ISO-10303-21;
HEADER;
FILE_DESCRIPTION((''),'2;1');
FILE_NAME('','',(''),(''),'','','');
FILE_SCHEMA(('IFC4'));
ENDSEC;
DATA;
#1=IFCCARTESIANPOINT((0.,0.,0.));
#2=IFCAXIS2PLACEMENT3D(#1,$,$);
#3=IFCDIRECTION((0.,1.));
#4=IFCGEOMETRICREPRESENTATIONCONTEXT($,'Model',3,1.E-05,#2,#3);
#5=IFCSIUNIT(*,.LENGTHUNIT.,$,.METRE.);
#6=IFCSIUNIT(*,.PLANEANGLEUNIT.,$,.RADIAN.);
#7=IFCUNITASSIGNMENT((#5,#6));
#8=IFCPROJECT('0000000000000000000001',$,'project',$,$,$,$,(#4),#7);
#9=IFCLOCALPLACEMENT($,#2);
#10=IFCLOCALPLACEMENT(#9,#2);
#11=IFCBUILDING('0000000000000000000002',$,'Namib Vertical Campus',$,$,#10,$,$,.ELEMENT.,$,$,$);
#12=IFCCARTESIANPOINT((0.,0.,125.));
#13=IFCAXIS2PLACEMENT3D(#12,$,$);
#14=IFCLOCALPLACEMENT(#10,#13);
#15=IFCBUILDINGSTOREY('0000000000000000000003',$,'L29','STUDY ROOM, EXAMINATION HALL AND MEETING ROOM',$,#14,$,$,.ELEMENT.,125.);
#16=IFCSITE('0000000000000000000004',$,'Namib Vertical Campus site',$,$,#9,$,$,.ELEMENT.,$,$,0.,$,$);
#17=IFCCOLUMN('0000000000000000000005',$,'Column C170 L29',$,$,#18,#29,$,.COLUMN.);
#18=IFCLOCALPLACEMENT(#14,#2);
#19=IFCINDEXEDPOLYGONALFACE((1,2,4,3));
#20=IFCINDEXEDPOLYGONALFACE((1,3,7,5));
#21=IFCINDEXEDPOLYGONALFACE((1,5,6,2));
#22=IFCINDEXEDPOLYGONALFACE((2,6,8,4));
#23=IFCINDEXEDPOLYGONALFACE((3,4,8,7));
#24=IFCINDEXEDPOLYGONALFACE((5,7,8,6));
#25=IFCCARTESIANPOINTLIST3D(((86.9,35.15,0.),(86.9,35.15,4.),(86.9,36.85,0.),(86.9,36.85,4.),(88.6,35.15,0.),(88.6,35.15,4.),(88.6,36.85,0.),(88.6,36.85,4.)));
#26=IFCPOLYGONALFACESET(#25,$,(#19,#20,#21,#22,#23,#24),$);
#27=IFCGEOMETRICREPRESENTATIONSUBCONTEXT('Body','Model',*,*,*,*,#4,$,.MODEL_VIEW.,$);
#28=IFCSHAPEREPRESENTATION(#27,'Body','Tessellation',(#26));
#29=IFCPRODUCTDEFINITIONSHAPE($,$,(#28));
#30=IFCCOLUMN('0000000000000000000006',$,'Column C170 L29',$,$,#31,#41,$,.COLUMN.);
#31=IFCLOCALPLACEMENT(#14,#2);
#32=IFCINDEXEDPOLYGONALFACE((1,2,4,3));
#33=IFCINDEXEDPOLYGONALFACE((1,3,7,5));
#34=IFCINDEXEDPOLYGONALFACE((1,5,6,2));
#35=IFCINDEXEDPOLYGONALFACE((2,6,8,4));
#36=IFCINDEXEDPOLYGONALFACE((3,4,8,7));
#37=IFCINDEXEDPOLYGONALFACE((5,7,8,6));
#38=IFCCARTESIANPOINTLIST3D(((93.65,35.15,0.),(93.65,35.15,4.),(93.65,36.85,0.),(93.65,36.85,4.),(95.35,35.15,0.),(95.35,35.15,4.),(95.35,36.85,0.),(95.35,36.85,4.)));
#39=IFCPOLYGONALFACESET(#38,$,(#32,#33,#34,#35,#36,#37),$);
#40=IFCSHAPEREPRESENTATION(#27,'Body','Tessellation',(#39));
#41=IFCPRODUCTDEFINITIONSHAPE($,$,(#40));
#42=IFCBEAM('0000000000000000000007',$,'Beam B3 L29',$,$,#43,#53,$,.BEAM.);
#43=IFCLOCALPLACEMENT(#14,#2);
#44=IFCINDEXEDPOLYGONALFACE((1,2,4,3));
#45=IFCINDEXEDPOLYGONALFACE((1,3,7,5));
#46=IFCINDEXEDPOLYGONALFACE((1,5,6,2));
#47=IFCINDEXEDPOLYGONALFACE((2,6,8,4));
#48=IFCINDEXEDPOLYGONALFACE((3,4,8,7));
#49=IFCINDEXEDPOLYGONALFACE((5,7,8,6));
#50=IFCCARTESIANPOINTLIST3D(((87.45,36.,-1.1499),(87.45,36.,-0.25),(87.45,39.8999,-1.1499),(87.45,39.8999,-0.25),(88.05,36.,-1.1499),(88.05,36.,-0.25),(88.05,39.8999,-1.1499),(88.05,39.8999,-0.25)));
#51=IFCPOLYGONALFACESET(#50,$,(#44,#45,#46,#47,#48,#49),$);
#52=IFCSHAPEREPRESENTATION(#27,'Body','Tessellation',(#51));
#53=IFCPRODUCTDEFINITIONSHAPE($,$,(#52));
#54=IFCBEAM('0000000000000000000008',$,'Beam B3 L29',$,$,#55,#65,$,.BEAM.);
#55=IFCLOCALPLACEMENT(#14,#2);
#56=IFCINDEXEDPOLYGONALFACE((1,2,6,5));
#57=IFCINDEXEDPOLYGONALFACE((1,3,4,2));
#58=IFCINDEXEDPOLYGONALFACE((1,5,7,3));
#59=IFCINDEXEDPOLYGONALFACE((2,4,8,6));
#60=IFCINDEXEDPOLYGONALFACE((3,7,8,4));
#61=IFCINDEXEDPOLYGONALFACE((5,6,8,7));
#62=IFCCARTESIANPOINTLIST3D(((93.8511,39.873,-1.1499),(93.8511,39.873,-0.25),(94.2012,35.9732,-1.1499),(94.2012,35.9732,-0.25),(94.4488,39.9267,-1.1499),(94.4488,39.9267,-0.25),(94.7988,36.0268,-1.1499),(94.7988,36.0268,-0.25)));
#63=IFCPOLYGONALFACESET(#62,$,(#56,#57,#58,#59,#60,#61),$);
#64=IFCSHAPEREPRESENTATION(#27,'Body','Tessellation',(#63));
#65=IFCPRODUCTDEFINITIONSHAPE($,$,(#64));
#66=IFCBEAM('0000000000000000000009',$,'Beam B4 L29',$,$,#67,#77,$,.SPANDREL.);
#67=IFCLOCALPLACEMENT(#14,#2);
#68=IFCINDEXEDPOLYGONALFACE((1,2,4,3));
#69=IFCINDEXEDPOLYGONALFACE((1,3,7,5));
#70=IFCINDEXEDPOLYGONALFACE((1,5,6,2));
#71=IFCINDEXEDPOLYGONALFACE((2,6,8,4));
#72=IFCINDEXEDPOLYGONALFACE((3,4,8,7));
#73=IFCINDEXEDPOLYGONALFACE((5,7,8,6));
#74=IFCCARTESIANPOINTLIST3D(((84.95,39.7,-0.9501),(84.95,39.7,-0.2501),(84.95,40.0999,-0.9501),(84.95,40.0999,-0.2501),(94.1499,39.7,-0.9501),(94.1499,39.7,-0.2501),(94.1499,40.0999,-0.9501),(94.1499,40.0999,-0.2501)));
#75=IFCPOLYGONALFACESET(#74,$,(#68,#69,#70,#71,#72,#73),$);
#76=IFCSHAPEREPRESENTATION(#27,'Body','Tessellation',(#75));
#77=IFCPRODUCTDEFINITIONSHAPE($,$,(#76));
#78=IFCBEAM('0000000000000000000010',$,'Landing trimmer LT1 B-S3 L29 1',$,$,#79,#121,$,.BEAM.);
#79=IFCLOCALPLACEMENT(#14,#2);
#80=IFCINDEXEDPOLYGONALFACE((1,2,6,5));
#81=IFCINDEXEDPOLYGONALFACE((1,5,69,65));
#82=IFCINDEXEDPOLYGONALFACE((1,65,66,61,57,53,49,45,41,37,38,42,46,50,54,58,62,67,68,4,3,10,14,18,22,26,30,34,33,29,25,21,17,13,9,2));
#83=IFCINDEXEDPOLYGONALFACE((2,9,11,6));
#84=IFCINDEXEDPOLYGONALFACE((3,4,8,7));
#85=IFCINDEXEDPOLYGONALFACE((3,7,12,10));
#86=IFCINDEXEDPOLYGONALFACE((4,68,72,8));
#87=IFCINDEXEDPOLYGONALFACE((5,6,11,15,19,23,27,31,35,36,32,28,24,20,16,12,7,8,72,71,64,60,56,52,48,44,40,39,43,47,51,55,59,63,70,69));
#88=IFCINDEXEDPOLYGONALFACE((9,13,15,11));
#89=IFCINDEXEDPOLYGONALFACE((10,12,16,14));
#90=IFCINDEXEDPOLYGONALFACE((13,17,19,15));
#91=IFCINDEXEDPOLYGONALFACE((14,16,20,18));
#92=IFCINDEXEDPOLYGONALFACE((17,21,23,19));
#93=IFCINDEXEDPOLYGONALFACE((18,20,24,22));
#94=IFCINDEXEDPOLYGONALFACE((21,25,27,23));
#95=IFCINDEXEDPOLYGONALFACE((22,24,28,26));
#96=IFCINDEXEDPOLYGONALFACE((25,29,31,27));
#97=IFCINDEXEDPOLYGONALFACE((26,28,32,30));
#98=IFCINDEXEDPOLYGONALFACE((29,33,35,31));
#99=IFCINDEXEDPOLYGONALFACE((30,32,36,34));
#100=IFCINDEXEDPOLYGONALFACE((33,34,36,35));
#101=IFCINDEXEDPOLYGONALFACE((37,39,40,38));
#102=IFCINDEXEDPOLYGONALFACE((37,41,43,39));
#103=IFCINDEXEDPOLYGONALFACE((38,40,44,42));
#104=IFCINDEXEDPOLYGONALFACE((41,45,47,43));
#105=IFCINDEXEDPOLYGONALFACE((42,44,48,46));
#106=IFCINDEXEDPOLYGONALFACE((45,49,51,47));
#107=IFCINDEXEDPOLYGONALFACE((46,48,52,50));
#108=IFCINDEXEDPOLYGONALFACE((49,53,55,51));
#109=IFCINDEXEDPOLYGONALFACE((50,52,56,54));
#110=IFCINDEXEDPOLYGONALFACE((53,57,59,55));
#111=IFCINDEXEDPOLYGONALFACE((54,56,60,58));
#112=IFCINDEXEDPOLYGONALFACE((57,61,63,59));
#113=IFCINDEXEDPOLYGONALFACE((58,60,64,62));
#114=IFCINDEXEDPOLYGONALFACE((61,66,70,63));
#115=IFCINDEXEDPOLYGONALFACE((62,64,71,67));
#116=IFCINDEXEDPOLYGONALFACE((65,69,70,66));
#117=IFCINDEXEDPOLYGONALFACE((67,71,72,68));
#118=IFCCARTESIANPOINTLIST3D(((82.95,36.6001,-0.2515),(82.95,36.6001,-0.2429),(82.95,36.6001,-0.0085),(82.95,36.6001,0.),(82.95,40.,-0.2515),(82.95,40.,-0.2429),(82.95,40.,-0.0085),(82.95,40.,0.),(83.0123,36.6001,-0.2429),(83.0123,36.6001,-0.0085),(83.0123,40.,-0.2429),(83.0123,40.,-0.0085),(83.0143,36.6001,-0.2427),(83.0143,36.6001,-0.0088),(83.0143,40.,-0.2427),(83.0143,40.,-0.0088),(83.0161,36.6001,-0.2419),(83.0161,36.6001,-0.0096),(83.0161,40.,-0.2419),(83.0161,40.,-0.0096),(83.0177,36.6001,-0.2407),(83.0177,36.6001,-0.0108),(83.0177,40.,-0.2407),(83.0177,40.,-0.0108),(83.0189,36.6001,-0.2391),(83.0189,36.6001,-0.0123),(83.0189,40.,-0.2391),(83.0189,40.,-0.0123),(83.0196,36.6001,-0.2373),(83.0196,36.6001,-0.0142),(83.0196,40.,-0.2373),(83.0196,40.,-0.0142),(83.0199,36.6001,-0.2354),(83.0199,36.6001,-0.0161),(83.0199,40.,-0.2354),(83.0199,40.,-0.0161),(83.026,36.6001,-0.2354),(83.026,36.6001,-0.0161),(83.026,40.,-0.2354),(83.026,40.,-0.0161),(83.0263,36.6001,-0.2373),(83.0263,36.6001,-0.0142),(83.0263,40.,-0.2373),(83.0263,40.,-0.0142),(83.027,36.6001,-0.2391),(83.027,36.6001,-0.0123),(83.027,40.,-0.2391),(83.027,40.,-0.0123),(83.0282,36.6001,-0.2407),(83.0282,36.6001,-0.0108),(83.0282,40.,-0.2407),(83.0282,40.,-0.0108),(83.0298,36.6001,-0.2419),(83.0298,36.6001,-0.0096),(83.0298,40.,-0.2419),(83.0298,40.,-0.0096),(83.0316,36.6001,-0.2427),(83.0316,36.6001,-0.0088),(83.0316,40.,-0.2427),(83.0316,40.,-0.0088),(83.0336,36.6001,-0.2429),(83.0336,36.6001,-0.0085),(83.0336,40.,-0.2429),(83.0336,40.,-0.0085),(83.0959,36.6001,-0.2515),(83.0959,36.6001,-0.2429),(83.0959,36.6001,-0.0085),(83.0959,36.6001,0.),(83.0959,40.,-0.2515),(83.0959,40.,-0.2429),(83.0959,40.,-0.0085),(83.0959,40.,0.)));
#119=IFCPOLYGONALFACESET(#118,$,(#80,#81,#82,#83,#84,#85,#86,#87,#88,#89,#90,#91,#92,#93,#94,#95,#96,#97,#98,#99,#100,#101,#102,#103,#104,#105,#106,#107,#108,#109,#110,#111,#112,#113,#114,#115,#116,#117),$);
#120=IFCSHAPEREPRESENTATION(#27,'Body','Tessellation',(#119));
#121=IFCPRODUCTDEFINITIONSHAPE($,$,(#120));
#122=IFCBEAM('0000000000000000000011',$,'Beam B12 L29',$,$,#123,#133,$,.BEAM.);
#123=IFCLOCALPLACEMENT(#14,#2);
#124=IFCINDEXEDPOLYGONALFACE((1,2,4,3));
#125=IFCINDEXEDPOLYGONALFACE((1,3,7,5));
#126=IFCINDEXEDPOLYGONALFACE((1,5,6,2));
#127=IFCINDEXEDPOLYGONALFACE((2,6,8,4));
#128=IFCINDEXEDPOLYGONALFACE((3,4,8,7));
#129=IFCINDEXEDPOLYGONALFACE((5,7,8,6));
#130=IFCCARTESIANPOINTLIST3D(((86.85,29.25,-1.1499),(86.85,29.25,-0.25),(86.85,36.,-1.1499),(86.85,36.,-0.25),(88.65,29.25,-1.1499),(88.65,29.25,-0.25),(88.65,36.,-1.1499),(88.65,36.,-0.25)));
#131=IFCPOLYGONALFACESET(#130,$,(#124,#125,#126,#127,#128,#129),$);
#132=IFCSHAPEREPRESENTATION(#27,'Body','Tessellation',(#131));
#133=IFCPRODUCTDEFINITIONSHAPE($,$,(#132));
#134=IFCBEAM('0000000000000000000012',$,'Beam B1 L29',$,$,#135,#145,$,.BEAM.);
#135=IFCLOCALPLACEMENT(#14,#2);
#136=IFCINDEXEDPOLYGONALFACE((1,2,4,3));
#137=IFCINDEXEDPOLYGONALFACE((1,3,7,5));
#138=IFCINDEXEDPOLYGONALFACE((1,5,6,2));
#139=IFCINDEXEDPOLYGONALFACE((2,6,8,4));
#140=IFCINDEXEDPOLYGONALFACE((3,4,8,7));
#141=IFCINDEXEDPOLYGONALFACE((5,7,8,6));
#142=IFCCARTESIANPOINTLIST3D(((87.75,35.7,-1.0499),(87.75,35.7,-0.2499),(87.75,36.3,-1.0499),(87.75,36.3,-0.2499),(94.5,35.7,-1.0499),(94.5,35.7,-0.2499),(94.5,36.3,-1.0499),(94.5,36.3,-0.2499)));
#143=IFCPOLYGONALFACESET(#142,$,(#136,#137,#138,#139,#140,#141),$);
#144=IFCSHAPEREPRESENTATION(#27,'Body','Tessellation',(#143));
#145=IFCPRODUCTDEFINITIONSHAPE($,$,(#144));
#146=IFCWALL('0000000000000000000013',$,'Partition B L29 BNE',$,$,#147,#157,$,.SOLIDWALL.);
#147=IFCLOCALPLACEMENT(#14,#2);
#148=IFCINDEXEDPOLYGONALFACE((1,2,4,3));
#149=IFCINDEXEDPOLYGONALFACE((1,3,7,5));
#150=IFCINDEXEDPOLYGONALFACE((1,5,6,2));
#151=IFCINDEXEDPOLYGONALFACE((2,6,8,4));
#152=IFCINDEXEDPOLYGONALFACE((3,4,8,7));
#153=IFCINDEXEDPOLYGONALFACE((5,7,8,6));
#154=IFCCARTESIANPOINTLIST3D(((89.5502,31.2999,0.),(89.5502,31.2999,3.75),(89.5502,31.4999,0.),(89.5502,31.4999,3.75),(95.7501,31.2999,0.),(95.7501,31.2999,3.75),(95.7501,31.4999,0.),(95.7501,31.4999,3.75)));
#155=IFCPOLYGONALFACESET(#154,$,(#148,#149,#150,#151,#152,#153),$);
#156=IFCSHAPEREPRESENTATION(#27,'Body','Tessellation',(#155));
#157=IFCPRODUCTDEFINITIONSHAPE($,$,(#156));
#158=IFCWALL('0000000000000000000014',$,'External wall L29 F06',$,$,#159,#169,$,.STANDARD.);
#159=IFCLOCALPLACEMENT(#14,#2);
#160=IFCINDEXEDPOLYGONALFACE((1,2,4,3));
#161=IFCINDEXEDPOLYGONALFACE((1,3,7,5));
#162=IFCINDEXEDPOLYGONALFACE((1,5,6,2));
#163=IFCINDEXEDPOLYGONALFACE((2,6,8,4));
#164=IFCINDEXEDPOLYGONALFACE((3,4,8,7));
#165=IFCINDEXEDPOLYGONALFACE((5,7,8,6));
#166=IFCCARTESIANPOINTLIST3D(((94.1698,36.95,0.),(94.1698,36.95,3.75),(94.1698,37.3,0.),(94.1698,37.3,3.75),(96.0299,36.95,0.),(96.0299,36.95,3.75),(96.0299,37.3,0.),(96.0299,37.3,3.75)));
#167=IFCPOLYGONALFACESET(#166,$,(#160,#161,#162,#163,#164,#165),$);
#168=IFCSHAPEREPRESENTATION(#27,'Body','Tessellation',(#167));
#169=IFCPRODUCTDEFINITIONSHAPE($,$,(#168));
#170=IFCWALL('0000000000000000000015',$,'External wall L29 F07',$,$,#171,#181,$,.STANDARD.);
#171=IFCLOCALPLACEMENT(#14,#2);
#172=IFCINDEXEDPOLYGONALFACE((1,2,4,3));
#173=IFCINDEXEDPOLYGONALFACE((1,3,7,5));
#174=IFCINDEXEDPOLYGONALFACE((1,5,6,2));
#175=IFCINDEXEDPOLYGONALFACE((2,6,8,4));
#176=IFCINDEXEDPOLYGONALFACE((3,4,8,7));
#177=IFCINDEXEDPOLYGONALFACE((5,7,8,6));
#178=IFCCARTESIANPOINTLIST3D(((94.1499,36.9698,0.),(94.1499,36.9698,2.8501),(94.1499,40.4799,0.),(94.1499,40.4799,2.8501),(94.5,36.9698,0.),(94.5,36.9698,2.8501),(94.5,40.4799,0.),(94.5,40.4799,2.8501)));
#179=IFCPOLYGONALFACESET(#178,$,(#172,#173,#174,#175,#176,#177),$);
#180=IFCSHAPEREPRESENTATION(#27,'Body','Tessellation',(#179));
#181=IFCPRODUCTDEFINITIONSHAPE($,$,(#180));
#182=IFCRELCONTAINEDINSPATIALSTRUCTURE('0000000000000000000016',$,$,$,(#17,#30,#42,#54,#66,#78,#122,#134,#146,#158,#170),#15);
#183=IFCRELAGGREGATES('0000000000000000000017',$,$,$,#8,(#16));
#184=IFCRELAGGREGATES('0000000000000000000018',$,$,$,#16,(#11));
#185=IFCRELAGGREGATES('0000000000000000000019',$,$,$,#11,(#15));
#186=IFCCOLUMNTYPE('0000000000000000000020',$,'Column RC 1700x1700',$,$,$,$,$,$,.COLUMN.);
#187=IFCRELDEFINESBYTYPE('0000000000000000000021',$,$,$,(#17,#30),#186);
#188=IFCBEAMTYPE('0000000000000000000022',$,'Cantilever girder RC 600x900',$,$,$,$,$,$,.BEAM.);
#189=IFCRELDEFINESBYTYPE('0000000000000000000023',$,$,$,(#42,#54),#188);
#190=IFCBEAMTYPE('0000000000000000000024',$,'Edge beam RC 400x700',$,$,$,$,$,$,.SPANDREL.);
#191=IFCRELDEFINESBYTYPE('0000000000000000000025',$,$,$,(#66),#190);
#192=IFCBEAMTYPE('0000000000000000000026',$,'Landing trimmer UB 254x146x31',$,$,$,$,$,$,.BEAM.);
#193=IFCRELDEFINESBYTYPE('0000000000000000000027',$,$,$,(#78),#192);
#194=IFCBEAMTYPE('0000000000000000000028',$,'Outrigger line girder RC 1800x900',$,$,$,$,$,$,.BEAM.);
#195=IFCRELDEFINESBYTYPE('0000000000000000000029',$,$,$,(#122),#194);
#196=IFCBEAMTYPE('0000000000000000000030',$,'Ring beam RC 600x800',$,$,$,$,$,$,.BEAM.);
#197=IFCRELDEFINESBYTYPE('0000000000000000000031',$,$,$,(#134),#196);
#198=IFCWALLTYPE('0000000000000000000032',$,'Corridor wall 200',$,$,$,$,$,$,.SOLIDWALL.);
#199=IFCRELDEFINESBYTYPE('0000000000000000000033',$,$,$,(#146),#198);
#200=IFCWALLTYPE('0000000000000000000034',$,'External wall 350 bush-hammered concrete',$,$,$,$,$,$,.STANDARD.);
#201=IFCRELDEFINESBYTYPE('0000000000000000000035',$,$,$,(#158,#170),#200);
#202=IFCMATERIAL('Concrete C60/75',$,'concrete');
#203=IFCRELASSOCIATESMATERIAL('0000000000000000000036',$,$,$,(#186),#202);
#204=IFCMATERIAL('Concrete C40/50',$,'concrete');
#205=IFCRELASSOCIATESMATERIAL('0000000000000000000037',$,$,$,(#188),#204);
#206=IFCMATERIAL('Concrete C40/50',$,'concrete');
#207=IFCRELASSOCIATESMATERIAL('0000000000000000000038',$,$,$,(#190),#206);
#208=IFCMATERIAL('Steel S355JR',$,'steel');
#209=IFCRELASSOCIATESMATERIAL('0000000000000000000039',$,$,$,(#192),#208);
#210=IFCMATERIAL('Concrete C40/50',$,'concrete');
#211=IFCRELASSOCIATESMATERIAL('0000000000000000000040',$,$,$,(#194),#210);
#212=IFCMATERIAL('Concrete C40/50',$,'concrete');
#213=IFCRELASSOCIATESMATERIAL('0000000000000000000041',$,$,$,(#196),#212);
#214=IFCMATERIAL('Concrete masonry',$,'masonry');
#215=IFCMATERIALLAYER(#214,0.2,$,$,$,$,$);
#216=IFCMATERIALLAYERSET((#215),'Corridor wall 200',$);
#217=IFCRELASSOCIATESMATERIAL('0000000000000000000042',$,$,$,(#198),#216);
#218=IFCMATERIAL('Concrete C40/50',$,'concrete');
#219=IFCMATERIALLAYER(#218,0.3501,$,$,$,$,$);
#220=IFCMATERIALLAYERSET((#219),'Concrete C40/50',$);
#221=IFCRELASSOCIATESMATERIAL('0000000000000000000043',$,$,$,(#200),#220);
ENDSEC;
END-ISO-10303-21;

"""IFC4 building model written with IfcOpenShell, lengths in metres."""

from ifc_helpers import new_model, si_unit, direction, frame, frame_2d, origin, origin_2d, place, context, subcontext, project, spatial, rectangle, i_section, extrude, material, layer, layer_set, material_profile, profile_set, type_object, element, save


model = new_model("IFC4")

# Units and contexts
model_context = context("Model", 3, precision=1e-05, world=origin(), true_north=direction((0.0, 1.0)))
body_context = subcontext(model_context, "Body", "Model", "MODEL_VIEW")
ifc_project = project(units=[si_unit("LENGTHUNIT", "METRE"), si_unit("PLANEANGLEUNIT", "RADIAN")], contexts=[model_context])

# Site, building, storey
site_placement = place(None, origin())
site = spatial("IfcSite", under=ifc_project, at=site_placement, Name="Namib Vertical Campus site", CompositionType="ELEMENT", RefElevation=0.0)
building_placement = place(site_placement, origin())
building = spatial("IfcBuilding", under=site, at=building_placement, Name="Namib Vertical Campus", CompositionType="ELEMENT")
storey_placement = place(building_placement, frame((0.0, 0.0, 125.0)))
storey = spatial("IfcBuildingStorey", under=building, at=storey_placement, Name="L29", Description="STUDY ROOM, EXAMINATION HALL AND MEETING ROOM", CompositionType="ELEMENT", Elevation=125.0)

# Columns
ifc_material_1 = material(Name="Concrete C60/75", Category="concrete")
ifc_material_profile_1 = material_profile(ifc_material_1, rectangle(XDim=1.7, YDim=1.7, at=origin_2d()))
ifc_profile_set_1 = profile_set([ifc_material_profile_1], Name="Concrete C60/75")
column_type = type_object("IfcColumnType", Name="Column RC 1700x1700", PredefinedType="COLUMN", material=ifc_profile_set_1)
for number, where, z_axis, x_axis, name in (
    (1, (87.75, 36.0, 0.0), (0.0, 0.0, 1.0), (1.0, 0.0, 0.0), "Column C170 L29"),
    (2, (94.5, 36.0, 0.0), (0.0, 0.0, 1.0), (1.0, 0.0, 0.0), "Column C170 L29"),
):
    element("IfcColumn", number, at=place(storey_placement, frame(where, z_axis=z_axis, x_axis=x_axis)), inside=storey, type_object=column_type, Name=name, PredefinedType="COLUMN", context=body_context, shape_type="SweptSolid", body=[
        extrude(rectangle(XDim=1.7, YDim=1.7, at=origin_2d()), origin(), (0.0, 0.0, 1.0), 4.0),
    ])

# Beams
ifc_material_2 = material(Name="Concrete C40/50", Category="concrete")
ifc_material_profile_2 = material_profile(ifc_material_2, rectangle(XDim=0.6001, YDim=0.8999, at=origin_2d()))
ifc_profile_set_2 = profile_set([ifc_material_profile_2], Name="Concrete C40/50")
beam_type_1 = type_object("IfcBeamType", Name="Cantilever girder RC 600x900", PredefinedType="BEAM", material=ifc_profile_set_2)
beam_1_placement = place(storey_placement, frame((87.75, 36.0, -0.7), z_axis=(0.0, 1.0, 0.0), x_axis=(-1.0, 0.0, 0.0)))
element("IfcBeam", 3, at=beam_1_placement, inside=storey, type_object=beam_type_1, Name="Beam B3 L29", PredefinedType="BEAM", context=body_context, shape_type="SweptSolid", body=[
    extrude(rectangle(XDim=0.6001, YDim=0.8999, at=origin_2d()), origin(), (0.0, 0.0, 1.0), 3.8999),
])
beam_2_placement = place(storey_placement, frame((94.5, 36.0, -0.7), z_axis=(-0.089411, 0.995995, 0.0), x_axis=(-0.995995, -0.089411, 0.0)))
element("IfcBeam", 4, at=beam_2_placement, inside=storey, type_object=beam_type_1, Name="Beam B3 L29", PredefinedType="BEAM", context=body_context, shape_type="SweptSolid", body=[
    extrude(rectangle(XDim=0.6001, YDim=0.8999, at=origin_2d()), origin(), (0.0, 0.0, 1.0), 3.9155),
])
ifc_material_3 = material(Name="Concrete C40/50", Category="concrete")
ifc_material_profile_3 = material_profile(ifc_material_3, rectangle(XDim=0.3999, YDim=0.7, at=origin_2d()))
ifc_profile_set_3 = profile_set([ifc_material_profile_3], Name="Concrete C40/50")
beam_type_2 = type_object("IfcBeamType", Name="Edge beam RC 400x700", PredefinedType="SPANDREL", material=ifc_profile_set_3)
beam_3_placement = place(storey_placement, frame((84.95, 39.8999, -0.6001), z_axis=(1.0, 0.0, 0.0), x_axis=(0.0, 1.0, 0.0)))
element("IfcBeam", 5, at=beam_3_placement, inside=storey, type_object=beam_type_2, Name="Beam B4 L29", PredefinedType="SPANDREL", context=body_context, shape_type="SweptSolid", body=[
    extrude(rectangle(XDim=0.3999, YDim=0.7, at=origin_2d()), origin(), (0.0, 0.0, 1.0), 9.2),
])
ifc_material_4 = material(Name="Steel S355JR", Category="steel")
ifc_material_profile_4 = material_profile(ifc_material_4, i_section(OverallWidth=0.146, OverallDepth=0.2515, WebThickness=0.0061, FlangeThickness=0.0085, FilletRadius=0.0076, at=origin_2d()))
ifc_profile_set_4 = profile_set([ifc_material_profile_4], Name="Steel S355JR")
beam_type_3 = type_object("IfcBeamType", Name="Landing trimmer UB 254x146x31", PredefinedType="BEAM", material=ifc_profile_set_4)
beam_4_placement = place(storey_placement, frame((83.0229, 36.6001, -0.1257), z_axis=(0.0, 1.0, 0.0), x_axis=(-1.0, 0.0, 0.0)))
element("IfcBeam", 6, at=beam_4_placement, inside=storey, type_object=beam_type_3, Name="Landing trimmer LT1 B-S3 L29 1", PredefinedType="BEAM", context=body_context, shape_type="SweptSolid", body=[
    extrude(i_section(OverallWidth=0.146, OverallDepth=0.2515, WebThickness=0.0061, FlangeThickness=0.0085, FilletRadius=0.0076, at=origin_2d()), origin(), (0.0, 0.0, 1.0), 3.3999),
])
ifc_material_5 = material(Name="Concrete C40/50", Category="concrete")
ifc_material_profile_5 = material_profile(ifc_material_5, rectangle(XDim=1.8, YDim=0.8999, at=origin_2d()))
ifc_profile_set_5 = profile_set([ifc_material_profile_5], Name="Concrete C40/50")
beam_type_4 = type_object("IfcBeamType", Name="Outrigger line girder RC 1800x900", PredefinedType="BEAM", material=ifc_profile_set_5)
beam_5_placement = place(storey_placement, frame((87.75, 36.0, -0.7), z_axis=(0.0, -1.0, 0.0), x_axis=(1.0, 0.0, 0.0)))
element("IfcBeam", 7, at=beam_5_placement, inside=storey, type_object=beam_type_4, Name="Beam B12 L29", PredefinedType="BEAM", context=body_context, shape_type="SweptSolid", body=[
    extrude(rectangle(XDim=1.8, YDim=0.8999, at=origin_2d()), origin(), (0.0, 0.0, 1.0), 6.75),
])
ifc_material_6 = material(Name="Concrete C40/50", Category="concrete")
ifc_material_profile_6 = material_profile(ifc_material_6, rectangle(XDim=0.6001, YDim=0.8, at=origin_2d()))
ifc_profile_set_6 = profile_set([ifc_material_profile_6], Name="Concrete C40/50")
beam_type_5 = type_object("IfcBeamType", Name="Ring beam RC 600x800", PredefinedType="BEAM", material=ifc_profile_set_6)
beam_6_placement = place(storey_placement, frame((87.75, 36.0, -0.6499), z_axis=(1.0, 0.0, 0.0), x_axis=(0.0, 1.0, 0.0)))
element("IfcBeam", 8, at=beam_6_placement, inside=storey, type_object=beam_type_5, Name="Beam B1 L29", PredefinedType="BEAM", context=body_context, shape_type="SweptSolid", body=[
    extrude(rectangle(XDim=0.6001, YDim=0.8, at=origin_2d()), origin(), (0.0, 0.0, 1.0), 6.75),
])

# Walls
ifc_material_7 = material(Name="Concrete masonry", Category="masonry")
ifc_layer_1 = layer(ifc_material_7, 0.2)
ifc_layer_set_1 = layer_set([ifc_layer_1], Name="Corridor wall 200")
wall_type_1 = type_object("IfcWallType", Name="Corridor wall 200", PredefinedType="SOLIDWALL", material=ifc_layer_set_1)
wall_1_placement = place(storey_placement, frame((89.55, 31.3999, 0.0), z_axis=(0.0, 0.0, 1.0), x_axis=(1.0, 0.0, 0.0)))
element("IfcWall", 9, at=wall_1_placement, inside=storey, type_object=wall_type_1, Name="Partition B L29 BNE", PredefinedType="SOLIDWALL", context=body_context, shape_type="SweptSolid", body=[
    extrude(rectangle(XDim=6.2, YDim=0.2, at=frame_2d((3.1001, 0.0))), origin(), (0.0, 0.0, 1.0), 3.75),
])
ifc_material_8 = material(Name="Concrete C40/50", Category="concrete")
ifc_layer_2 = layer(ifc_material_8, 0.3501)
ifc_layer_set_2 = layer_set([ifc_layer_2], Name="Concrete C40/50")
wall_type_2 = type_object("IfcWallType", Name="External wall 350 bush-hammered concrete", PredefinedType="STANDARD", material=ifc_layer_set_2)
wall_2_placement = place(storey_placement, frame((96.03, 37.125, 0.0), z_axis=(0.0, 0.0, 1.0), x_axis=(-1.0, 0.0, 0.0)))
element("IfcWall", 10, at=wall_2_placement, inside=storey, type_object=wall_type_2, Name="External wall L29 F06", PredefinedType="STANDARD", context=body_context, shape_type="SweptSolid", body=[
    extrude(rectangle(XDim=1.8601, YDim=0.3501, at=frame_2d((0.9302, 0.0))), origin(), (0.0, 0.0, 1.0), 3.75),
])
wall_3_placement = place(storey_placement, frame((94.325, 36.97, 0.0), z_axis=(0.0, 0.0, 1.0), x_axis=(0.0, 1.0, 0.0)))
element("IfcWall", 11, at=wall_3_placement, inside=storey, type_object=wall_type_2, Name="External wall L29 F07", PredefinedType="STANDARD", context=body_context, shape_type="SweptSolid", body=[
    extrude(rectangle(XDim=3.51, YDim=0.3501, at=frame_2d((1.7549, 0.0))), origin(), (0.0, 0.0, 1.0), 2.8501),
])

save(model, "model.ifc")
